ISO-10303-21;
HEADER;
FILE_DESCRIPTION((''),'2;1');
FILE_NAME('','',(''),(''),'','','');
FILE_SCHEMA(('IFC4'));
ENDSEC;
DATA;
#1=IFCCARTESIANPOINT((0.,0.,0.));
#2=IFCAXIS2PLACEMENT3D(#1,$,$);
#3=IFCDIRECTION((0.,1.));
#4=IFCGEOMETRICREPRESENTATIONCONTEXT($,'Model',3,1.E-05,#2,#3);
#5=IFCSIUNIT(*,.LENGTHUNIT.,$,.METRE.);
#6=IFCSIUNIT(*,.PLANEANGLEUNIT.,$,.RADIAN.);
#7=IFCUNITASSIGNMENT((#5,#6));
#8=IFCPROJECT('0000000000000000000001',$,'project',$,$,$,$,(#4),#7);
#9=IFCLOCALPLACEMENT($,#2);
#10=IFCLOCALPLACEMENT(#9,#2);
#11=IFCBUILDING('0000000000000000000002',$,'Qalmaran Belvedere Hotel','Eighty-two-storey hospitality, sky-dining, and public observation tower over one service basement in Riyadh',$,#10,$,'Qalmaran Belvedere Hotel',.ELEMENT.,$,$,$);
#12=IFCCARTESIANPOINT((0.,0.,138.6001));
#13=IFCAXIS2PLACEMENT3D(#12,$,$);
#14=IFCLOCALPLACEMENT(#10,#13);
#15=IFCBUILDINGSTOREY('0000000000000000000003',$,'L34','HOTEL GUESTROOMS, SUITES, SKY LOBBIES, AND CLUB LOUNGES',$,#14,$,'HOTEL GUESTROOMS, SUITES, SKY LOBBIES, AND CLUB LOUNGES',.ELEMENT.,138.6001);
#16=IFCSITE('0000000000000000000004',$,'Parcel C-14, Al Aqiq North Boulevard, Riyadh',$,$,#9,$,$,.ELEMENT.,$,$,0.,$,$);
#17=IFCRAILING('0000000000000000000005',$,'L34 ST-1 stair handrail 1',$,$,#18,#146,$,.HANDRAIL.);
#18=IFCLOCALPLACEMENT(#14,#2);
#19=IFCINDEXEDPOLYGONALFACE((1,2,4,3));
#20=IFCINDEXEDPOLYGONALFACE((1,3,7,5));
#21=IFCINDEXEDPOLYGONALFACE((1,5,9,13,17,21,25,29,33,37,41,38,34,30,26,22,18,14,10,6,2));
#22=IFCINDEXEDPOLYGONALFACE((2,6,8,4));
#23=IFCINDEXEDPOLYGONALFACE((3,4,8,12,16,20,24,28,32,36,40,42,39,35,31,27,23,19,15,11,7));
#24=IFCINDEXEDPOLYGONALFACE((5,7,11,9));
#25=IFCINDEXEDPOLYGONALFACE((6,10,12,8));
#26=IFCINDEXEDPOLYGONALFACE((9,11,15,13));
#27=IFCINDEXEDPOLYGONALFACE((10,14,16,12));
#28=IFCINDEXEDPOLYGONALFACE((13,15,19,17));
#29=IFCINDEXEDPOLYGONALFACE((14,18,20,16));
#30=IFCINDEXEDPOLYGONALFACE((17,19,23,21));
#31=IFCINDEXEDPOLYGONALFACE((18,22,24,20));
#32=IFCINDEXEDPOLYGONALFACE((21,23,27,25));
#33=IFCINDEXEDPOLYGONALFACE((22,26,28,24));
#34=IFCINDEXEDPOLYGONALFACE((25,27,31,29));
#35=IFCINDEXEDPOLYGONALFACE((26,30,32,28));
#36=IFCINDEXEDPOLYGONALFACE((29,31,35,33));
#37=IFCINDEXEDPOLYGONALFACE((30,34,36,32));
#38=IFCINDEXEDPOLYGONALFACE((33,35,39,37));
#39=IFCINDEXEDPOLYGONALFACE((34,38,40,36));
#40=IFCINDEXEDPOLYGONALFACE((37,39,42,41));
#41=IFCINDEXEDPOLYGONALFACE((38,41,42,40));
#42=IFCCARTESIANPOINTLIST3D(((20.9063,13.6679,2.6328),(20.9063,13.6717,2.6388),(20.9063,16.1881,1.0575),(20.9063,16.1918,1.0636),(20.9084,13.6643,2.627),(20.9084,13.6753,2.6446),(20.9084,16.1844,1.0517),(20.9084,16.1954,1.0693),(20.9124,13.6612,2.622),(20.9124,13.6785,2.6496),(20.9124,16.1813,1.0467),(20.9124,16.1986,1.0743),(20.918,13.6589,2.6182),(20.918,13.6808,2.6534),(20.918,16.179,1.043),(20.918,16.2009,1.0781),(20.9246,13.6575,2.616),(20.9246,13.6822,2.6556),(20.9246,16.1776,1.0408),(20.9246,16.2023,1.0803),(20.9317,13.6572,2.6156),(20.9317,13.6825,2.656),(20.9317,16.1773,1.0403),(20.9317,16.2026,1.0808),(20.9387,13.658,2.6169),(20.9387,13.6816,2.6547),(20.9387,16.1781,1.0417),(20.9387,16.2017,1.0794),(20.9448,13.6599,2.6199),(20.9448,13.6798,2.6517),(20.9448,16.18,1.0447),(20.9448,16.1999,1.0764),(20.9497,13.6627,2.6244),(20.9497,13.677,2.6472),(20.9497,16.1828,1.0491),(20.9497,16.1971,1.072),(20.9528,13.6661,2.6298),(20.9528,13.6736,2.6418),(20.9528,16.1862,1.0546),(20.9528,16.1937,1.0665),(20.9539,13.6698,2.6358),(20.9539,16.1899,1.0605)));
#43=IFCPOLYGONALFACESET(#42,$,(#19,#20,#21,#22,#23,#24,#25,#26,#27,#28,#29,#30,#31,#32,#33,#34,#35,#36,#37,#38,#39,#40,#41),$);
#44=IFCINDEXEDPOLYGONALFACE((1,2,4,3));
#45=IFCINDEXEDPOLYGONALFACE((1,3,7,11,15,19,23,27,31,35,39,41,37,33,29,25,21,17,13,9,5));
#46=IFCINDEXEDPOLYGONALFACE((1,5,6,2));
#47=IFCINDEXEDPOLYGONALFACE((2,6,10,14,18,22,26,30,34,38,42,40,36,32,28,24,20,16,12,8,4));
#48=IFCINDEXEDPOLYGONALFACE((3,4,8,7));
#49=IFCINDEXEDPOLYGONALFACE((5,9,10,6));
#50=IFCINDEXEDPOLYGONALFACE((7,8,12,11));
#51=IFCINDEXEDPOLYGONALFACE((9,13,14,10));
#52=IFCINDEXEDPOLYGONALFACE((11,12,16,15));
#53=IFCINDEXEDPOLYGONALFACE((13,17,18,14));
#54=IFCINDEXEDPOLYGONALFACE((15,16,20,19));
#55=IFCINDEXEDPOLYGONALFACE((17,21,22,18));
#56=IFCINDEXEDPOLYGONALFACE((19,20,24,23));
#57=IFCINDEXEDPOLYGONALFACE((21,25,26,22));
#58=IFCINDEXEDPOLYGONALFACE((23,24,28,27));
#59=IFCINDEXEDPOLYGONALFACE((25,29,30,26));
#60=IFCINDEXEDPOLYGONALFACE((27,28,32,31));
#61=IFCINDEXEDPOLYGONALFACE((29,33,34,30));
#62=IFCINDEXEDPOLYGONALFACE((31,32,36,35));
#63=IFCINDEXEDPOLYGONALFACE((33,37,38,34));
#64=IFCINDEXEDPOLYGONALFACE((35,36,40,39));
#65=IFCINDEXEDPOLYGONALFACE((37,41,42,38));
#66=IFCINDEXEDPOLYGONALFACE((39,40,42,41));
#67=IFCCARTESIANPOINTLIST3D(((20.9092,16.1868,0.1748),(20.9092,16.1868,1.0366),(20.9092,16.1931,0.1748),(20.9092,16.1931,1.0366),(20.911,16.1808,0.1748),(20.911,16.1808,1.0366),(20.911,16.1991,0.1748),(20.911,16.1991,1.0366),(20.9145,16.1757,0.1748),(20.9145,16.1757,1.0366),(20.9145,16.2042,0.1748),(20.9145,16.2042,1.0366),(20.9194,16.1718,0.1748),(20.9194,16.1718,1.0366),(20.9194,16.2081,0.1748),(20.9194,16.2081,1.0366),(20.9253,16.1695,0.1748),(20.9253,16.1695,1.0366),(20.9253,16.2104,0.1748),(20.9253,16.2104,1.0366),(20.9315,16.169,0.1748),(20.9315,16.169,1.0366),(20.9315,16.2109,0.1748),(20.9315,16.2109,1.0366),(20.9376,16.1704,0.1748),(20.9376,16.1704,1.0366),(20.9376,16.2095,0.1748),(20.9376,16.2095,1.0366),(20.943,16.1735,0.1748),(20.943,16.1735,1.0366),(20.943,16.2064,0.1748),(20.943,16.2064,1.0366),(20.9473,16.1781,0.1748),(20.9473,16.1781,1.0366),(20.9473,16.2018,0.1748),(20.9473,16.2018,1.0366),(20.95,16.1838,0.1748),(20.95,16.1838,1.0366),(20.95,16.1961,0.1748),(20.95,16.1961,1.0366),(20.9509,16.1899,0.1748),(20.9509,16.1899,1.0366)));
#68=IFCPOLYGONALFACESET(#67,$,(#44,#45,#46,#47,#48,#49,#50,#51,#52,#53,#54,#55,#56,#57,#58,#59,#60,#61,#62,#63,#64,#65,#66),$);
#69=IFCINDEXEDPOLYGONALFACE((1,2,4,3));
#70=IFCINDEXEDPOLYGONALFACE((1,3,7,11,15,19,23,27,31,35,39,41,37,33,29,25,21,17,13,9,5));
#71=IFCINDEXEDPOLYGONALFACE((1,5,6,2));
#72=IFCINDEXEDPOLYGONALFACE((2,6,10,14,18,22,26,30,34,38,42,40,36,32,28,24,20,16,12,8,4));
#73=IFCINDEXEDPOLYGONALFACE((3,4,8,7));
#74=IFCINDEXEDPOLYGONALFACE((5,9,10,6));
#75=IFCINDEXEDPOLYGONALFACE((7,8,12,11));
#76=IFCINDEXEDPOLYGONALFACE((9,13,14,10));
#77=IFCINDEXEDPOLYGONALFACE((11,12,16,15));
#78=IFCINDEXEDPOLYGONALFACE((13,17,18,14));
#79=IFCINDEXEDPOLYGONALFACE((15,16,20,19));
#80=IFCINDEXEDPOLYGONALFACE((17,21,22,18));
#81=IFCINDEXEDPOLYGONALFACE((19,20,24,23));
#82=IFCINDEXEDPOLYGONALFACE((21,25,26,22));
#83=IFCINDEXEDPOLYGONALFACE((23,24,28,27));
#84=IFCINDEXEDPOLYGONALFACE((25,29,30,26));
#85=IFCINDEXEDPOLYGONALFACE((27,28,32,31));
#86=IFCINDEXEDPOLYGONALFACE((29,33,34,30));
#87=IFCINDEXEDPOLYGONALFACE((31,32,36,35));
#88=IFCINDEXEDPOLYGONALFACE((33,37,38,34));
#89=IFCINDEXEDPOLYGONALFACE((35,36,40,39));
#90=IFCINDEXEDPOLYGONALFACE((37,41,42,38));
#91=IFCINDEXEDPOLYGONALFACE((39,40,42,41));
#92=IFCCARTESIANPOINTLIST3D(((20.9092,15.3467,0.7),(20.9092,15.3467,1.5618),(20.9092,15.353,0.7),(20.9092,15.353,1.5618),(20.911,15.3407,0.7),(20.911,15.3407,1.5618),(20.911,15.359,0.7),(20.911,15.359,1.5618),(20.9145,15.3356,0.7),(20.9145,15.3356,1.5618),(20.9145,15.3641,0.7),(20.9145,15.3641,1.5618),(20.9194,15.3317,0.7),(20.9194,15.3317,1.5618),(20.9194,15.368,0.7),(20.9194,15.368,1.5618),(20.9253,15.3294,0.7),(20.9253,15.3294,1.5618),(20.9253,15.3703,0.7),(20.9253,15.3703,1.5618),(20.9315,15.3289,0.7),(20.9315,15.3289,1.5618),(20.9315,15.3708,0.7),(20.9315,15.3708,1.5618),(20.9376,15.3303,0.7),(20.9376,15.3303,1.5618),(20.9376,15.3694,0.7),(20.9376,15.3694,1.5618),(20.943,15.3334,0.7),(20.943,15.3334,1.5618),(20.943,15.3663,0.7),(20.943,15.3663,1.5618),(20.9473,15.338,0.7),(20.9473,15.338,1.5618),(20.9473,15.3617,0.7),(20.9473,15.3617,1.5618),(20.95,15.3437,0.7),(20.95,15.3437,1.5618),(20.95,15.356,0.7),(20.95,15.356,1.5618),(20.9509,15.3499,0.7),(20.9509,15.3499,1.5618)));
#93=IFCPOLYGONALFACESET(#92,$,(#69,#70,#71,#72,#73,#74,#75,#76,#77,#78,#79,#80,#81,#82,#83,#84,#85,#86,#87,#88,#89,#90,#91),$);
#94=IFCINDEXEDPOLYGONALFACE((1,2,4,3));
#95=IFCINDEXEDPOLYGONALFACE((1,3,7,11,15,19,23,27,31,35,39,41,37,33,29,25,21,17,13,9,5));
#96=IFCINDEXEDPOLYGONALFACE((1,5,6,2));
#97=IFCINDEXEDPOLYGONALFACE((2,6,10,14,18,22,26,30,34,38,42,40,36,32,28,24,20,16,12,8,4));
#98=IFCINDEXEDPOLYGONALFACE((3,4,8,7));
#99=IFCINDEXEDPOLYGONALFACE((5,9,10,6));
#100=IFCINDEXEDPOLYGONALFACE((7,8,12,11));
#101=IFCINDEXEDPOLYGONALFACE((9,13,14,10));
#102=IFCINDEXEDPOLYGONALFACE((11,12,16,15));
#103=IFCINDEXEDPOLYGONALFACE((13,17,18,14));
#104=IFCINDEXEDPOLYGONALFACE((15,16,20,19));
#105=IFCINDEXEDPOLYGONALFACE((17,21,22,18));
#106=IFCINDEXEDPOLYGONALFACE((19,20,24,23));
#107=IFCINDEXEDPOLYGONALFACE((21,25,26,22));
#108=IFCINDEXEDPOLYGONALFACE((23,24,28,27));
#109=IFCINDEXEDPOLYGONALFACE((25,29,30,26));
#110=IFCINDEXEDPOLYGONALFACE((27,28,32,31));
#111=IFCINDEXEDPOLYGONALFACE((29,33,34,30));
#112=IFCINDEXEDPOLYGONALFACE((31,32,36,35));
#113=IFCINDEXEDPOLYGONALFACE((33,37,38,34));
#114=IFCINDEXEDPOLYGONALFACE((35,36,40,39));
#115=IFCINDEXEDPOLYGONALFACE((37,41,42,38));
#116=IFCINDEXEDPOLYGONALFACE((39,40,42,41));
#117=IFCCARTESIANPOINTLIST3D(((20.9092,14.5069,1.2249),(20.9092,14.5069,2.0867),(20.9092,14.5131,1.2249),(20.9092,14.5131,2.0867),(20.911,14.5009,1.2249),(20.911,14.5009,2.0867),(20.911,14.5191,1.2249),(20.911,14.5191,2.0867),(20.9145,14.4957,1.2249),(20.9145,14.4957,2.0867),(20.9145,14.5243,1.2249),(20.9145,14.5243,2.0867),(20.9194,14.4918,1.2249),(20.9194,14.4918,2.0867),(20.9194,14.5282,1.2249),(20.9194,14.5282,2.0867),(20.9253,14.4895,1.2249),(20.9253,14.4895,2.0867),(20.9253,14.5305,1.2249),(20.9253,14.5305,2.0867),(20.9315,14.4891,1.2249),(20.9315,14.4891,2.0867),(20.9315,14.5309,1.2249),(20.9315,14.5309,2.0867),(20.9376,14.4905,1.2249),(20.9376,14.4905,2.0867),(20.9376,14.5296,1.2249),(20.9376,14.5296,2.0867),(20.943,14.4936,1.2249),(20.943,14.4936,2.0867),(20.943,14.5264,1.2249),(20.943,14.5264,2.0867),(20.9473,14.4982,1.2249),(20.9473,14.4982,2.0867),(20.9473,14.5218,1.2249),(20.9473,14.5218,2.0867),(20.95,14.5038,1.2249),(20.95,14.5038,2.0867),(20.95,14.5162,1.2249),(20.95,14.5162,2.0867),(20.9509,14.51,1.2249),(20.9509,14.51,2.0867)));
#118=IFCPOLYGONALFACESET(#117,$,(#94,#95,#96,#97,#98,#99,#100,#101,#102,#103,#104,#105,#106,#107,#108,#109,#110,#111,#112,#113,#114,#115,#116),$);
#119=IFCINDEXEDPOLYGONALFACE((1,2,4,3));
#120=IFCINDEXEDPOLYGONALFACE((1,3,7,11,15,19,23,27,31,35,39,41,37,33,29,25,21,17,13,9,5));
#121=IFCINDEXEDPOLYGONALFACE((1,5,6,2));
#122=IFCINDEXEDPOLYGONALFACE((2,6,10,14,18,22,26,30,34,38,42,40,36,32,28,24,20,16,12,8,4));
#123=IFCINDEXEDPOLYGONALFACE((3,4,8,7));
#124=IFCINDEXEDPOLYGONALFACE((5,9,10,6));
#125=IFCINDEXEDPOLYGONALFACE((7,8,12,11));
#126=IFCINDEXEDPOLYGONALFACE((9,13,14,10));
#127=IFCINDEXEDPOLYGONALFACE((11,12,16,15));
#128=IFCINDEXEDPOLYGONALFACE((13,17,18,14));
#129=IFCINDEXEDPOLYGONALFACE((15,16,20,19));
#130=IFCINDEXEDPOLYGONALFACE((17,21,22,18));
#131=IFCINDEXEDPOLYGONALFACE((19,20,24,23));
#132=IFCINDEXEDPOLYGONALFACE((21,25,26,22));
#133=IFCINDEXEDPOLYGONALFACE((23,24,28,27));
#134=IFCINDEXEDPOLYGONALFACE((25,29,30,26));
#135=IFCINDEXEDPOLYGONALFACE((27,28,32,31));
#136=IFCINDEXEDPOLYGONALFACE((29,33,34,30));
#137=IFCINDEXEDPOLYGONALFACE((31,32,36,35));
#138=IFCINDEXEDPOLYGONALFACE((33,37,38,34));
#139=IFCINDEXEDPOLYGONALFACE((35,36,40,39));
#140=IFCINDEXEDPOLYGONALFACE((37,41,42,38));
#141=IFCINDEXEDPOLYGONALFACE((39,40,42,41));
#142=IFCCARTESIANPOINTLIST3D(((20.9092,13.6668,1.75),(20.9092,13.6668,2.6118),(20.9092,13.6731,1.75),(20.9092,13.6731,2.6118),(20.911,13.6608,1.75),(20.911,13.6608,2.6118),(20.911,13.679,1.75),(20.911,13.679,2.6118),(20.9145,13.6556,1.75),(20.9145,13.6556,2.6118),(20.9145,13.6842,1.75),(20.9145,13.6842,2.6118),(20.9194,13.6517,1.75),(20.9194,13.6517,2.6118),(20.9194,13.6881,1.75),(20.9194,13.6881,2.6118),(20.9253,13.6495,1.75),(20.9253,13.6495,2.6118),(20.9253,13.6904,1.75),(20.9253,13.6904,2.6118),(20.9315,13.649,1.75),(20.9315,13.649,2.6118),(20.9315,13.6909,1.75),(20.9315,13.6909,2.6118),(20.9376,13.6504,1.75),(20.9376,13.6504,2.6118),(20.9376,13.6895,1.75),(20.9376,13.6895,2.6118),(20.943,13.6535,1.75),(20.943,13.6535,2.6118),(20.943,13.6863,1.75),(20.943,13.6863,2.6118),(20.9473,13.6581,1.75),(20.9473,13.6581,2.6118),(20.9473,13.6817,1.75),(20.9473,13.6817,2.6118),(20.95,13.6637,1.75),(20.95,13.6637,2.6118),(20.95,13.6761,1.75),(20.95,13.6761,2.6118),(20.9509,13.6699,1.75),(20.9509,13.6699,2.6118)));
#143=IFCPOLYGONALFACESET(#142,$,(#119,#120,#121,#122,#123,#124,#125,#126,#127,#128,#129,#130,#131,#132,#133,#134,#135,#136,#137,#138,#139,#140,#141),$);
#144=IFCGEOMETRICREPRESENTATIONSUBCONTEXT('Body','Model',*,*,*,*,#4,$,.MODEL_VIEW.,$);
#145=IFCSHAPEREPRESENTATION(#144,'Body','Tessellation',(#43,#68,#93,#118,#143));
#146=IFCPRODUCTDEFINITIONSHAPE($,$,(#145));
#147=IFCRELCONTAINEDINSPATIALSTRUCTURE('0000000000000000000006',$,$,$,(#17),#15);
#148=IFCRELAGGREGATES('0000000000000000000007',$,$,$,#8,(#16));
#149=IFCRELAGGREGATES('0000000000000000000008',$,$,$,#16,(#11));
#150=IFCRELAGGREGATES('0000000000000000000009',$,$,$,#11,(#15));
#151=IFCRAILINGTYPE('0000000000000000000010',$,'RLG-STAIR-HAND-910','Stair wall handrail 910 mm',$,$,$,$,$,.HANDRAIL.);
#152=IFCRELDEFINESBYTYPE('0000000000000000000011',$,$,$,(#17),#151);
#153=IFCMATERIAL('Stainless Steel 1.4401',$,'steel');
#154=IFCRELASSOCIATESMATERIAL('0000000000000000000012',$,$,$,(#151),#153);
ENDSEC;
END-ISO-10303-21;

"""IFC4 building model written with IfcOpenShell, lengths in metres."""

from ifc_helpers import new_model, si_unit, direction, frame, origin, origin_2d, place, context, subcontext, project, spatial, circle, extrude, material, type_object, element, save


model = new_model("IFC4")

# Units and contexts
model_context = context("Model", 3, precision=1e-05, world=origin(), true_north=direction((0.0, 1.0)))
body_context = subcontext(model_context, "Body", "Model", "MODEL_VIEW")
ifc_project = project(units=[si_unit("LENGTHUNIT", "METRE"), si_unit("PLANEANGLEUNIT", "RADIAN")], contexts=[model_context])

# Site, building, storey
site_placement = place(None, origin())
site = spatial("IfcSite", under=ifc_project, at=site_placement, Name="Parcel C-14, Al Aqiq North Boulevard, Riyadh", CompositionType="ELEMENT", RefElevation=0.0)
building_placement = place(site_placement, origin())
building = spatial("IfcBuilding", under=site, at=building_placement, Name="Qalmaran Belvedere Hotel", Description="Eighty-two-storey hospitality, sky-dining, and public observation tower over one service basement in Riyadh", LongName="Qalmaran Belvedere Hotel", CompositionType="ELEMENT")
storey_placement = place(building_placement, frame((0.0, 0.0, 138.6001)))
storey = spatial("IfcBuildingStorey", under=building, at=storey_placement, Name="L34", Description="HOTEL GUESTROOMS, SUITES, SKY LOBBIES, AND CLUB LOUNGES", LongName="HOTEL GUESTROOMS, SUITES, SKY LOBBIES, AND CLUB LOUNGES", CompositionType="ELEMENT", Elevation=138.6001)

# Shared definitions
ifc_material_1 = material(Name="Stainless Steel 1.4401", Category="steel")

# Railing
railing_type_1 = type_object("IfcRailingType", Name="RLG-STAIR-HAND-910", Description="Stair wall handrail 910 mm", PredefinedType="HANDRAIL", material=ifc_material_1)
railing_1_placement = place(storey_placement, frame((20.9299, 16.1899, 0.1748)))
element("IfcRailing", 1, at=railing_1_placement, inside=storey, type_object=railing_type_1, Name="L34 ST-1 stair handrail 1", PredefinedType="HANDRAIL", context=body_context, shape_type="SweptSolid", body=[
    extrude(circle(Radius=0.0239, at=origin_2d()), frame((0.0, 0.0, 0.8857), z_axis=(0.0, -0.847971, 0.530043), x_axis=(1.0, 0.0, 0.0)), (0.0, 0.0, 1.0), 2.9719),
    extrude(circle(Radius=0.021, at=origin_2d()), origin(), (0.0, 0.0, 1.0), 0.8618),
    extrude(circle(Radius=0.021, at=origin_2d()), frame((0.0, -0.8401, 0.5251)), (0.0, 0.0, 1.0), 0.8618),
    extrude(circle(Radius=0.021, at=origin_2d()), frame((0.0, -1.6799, 1.05)), (0.0, 0.0, 1.0), 0.8618),
    extrude(circle(Radius=0.021, at=origin_2d()), frame((0.0, -2.52, 1.5752)), (0.0, 0.0, 1.0), 0.8618),
])

save(model, "model.ifc")
